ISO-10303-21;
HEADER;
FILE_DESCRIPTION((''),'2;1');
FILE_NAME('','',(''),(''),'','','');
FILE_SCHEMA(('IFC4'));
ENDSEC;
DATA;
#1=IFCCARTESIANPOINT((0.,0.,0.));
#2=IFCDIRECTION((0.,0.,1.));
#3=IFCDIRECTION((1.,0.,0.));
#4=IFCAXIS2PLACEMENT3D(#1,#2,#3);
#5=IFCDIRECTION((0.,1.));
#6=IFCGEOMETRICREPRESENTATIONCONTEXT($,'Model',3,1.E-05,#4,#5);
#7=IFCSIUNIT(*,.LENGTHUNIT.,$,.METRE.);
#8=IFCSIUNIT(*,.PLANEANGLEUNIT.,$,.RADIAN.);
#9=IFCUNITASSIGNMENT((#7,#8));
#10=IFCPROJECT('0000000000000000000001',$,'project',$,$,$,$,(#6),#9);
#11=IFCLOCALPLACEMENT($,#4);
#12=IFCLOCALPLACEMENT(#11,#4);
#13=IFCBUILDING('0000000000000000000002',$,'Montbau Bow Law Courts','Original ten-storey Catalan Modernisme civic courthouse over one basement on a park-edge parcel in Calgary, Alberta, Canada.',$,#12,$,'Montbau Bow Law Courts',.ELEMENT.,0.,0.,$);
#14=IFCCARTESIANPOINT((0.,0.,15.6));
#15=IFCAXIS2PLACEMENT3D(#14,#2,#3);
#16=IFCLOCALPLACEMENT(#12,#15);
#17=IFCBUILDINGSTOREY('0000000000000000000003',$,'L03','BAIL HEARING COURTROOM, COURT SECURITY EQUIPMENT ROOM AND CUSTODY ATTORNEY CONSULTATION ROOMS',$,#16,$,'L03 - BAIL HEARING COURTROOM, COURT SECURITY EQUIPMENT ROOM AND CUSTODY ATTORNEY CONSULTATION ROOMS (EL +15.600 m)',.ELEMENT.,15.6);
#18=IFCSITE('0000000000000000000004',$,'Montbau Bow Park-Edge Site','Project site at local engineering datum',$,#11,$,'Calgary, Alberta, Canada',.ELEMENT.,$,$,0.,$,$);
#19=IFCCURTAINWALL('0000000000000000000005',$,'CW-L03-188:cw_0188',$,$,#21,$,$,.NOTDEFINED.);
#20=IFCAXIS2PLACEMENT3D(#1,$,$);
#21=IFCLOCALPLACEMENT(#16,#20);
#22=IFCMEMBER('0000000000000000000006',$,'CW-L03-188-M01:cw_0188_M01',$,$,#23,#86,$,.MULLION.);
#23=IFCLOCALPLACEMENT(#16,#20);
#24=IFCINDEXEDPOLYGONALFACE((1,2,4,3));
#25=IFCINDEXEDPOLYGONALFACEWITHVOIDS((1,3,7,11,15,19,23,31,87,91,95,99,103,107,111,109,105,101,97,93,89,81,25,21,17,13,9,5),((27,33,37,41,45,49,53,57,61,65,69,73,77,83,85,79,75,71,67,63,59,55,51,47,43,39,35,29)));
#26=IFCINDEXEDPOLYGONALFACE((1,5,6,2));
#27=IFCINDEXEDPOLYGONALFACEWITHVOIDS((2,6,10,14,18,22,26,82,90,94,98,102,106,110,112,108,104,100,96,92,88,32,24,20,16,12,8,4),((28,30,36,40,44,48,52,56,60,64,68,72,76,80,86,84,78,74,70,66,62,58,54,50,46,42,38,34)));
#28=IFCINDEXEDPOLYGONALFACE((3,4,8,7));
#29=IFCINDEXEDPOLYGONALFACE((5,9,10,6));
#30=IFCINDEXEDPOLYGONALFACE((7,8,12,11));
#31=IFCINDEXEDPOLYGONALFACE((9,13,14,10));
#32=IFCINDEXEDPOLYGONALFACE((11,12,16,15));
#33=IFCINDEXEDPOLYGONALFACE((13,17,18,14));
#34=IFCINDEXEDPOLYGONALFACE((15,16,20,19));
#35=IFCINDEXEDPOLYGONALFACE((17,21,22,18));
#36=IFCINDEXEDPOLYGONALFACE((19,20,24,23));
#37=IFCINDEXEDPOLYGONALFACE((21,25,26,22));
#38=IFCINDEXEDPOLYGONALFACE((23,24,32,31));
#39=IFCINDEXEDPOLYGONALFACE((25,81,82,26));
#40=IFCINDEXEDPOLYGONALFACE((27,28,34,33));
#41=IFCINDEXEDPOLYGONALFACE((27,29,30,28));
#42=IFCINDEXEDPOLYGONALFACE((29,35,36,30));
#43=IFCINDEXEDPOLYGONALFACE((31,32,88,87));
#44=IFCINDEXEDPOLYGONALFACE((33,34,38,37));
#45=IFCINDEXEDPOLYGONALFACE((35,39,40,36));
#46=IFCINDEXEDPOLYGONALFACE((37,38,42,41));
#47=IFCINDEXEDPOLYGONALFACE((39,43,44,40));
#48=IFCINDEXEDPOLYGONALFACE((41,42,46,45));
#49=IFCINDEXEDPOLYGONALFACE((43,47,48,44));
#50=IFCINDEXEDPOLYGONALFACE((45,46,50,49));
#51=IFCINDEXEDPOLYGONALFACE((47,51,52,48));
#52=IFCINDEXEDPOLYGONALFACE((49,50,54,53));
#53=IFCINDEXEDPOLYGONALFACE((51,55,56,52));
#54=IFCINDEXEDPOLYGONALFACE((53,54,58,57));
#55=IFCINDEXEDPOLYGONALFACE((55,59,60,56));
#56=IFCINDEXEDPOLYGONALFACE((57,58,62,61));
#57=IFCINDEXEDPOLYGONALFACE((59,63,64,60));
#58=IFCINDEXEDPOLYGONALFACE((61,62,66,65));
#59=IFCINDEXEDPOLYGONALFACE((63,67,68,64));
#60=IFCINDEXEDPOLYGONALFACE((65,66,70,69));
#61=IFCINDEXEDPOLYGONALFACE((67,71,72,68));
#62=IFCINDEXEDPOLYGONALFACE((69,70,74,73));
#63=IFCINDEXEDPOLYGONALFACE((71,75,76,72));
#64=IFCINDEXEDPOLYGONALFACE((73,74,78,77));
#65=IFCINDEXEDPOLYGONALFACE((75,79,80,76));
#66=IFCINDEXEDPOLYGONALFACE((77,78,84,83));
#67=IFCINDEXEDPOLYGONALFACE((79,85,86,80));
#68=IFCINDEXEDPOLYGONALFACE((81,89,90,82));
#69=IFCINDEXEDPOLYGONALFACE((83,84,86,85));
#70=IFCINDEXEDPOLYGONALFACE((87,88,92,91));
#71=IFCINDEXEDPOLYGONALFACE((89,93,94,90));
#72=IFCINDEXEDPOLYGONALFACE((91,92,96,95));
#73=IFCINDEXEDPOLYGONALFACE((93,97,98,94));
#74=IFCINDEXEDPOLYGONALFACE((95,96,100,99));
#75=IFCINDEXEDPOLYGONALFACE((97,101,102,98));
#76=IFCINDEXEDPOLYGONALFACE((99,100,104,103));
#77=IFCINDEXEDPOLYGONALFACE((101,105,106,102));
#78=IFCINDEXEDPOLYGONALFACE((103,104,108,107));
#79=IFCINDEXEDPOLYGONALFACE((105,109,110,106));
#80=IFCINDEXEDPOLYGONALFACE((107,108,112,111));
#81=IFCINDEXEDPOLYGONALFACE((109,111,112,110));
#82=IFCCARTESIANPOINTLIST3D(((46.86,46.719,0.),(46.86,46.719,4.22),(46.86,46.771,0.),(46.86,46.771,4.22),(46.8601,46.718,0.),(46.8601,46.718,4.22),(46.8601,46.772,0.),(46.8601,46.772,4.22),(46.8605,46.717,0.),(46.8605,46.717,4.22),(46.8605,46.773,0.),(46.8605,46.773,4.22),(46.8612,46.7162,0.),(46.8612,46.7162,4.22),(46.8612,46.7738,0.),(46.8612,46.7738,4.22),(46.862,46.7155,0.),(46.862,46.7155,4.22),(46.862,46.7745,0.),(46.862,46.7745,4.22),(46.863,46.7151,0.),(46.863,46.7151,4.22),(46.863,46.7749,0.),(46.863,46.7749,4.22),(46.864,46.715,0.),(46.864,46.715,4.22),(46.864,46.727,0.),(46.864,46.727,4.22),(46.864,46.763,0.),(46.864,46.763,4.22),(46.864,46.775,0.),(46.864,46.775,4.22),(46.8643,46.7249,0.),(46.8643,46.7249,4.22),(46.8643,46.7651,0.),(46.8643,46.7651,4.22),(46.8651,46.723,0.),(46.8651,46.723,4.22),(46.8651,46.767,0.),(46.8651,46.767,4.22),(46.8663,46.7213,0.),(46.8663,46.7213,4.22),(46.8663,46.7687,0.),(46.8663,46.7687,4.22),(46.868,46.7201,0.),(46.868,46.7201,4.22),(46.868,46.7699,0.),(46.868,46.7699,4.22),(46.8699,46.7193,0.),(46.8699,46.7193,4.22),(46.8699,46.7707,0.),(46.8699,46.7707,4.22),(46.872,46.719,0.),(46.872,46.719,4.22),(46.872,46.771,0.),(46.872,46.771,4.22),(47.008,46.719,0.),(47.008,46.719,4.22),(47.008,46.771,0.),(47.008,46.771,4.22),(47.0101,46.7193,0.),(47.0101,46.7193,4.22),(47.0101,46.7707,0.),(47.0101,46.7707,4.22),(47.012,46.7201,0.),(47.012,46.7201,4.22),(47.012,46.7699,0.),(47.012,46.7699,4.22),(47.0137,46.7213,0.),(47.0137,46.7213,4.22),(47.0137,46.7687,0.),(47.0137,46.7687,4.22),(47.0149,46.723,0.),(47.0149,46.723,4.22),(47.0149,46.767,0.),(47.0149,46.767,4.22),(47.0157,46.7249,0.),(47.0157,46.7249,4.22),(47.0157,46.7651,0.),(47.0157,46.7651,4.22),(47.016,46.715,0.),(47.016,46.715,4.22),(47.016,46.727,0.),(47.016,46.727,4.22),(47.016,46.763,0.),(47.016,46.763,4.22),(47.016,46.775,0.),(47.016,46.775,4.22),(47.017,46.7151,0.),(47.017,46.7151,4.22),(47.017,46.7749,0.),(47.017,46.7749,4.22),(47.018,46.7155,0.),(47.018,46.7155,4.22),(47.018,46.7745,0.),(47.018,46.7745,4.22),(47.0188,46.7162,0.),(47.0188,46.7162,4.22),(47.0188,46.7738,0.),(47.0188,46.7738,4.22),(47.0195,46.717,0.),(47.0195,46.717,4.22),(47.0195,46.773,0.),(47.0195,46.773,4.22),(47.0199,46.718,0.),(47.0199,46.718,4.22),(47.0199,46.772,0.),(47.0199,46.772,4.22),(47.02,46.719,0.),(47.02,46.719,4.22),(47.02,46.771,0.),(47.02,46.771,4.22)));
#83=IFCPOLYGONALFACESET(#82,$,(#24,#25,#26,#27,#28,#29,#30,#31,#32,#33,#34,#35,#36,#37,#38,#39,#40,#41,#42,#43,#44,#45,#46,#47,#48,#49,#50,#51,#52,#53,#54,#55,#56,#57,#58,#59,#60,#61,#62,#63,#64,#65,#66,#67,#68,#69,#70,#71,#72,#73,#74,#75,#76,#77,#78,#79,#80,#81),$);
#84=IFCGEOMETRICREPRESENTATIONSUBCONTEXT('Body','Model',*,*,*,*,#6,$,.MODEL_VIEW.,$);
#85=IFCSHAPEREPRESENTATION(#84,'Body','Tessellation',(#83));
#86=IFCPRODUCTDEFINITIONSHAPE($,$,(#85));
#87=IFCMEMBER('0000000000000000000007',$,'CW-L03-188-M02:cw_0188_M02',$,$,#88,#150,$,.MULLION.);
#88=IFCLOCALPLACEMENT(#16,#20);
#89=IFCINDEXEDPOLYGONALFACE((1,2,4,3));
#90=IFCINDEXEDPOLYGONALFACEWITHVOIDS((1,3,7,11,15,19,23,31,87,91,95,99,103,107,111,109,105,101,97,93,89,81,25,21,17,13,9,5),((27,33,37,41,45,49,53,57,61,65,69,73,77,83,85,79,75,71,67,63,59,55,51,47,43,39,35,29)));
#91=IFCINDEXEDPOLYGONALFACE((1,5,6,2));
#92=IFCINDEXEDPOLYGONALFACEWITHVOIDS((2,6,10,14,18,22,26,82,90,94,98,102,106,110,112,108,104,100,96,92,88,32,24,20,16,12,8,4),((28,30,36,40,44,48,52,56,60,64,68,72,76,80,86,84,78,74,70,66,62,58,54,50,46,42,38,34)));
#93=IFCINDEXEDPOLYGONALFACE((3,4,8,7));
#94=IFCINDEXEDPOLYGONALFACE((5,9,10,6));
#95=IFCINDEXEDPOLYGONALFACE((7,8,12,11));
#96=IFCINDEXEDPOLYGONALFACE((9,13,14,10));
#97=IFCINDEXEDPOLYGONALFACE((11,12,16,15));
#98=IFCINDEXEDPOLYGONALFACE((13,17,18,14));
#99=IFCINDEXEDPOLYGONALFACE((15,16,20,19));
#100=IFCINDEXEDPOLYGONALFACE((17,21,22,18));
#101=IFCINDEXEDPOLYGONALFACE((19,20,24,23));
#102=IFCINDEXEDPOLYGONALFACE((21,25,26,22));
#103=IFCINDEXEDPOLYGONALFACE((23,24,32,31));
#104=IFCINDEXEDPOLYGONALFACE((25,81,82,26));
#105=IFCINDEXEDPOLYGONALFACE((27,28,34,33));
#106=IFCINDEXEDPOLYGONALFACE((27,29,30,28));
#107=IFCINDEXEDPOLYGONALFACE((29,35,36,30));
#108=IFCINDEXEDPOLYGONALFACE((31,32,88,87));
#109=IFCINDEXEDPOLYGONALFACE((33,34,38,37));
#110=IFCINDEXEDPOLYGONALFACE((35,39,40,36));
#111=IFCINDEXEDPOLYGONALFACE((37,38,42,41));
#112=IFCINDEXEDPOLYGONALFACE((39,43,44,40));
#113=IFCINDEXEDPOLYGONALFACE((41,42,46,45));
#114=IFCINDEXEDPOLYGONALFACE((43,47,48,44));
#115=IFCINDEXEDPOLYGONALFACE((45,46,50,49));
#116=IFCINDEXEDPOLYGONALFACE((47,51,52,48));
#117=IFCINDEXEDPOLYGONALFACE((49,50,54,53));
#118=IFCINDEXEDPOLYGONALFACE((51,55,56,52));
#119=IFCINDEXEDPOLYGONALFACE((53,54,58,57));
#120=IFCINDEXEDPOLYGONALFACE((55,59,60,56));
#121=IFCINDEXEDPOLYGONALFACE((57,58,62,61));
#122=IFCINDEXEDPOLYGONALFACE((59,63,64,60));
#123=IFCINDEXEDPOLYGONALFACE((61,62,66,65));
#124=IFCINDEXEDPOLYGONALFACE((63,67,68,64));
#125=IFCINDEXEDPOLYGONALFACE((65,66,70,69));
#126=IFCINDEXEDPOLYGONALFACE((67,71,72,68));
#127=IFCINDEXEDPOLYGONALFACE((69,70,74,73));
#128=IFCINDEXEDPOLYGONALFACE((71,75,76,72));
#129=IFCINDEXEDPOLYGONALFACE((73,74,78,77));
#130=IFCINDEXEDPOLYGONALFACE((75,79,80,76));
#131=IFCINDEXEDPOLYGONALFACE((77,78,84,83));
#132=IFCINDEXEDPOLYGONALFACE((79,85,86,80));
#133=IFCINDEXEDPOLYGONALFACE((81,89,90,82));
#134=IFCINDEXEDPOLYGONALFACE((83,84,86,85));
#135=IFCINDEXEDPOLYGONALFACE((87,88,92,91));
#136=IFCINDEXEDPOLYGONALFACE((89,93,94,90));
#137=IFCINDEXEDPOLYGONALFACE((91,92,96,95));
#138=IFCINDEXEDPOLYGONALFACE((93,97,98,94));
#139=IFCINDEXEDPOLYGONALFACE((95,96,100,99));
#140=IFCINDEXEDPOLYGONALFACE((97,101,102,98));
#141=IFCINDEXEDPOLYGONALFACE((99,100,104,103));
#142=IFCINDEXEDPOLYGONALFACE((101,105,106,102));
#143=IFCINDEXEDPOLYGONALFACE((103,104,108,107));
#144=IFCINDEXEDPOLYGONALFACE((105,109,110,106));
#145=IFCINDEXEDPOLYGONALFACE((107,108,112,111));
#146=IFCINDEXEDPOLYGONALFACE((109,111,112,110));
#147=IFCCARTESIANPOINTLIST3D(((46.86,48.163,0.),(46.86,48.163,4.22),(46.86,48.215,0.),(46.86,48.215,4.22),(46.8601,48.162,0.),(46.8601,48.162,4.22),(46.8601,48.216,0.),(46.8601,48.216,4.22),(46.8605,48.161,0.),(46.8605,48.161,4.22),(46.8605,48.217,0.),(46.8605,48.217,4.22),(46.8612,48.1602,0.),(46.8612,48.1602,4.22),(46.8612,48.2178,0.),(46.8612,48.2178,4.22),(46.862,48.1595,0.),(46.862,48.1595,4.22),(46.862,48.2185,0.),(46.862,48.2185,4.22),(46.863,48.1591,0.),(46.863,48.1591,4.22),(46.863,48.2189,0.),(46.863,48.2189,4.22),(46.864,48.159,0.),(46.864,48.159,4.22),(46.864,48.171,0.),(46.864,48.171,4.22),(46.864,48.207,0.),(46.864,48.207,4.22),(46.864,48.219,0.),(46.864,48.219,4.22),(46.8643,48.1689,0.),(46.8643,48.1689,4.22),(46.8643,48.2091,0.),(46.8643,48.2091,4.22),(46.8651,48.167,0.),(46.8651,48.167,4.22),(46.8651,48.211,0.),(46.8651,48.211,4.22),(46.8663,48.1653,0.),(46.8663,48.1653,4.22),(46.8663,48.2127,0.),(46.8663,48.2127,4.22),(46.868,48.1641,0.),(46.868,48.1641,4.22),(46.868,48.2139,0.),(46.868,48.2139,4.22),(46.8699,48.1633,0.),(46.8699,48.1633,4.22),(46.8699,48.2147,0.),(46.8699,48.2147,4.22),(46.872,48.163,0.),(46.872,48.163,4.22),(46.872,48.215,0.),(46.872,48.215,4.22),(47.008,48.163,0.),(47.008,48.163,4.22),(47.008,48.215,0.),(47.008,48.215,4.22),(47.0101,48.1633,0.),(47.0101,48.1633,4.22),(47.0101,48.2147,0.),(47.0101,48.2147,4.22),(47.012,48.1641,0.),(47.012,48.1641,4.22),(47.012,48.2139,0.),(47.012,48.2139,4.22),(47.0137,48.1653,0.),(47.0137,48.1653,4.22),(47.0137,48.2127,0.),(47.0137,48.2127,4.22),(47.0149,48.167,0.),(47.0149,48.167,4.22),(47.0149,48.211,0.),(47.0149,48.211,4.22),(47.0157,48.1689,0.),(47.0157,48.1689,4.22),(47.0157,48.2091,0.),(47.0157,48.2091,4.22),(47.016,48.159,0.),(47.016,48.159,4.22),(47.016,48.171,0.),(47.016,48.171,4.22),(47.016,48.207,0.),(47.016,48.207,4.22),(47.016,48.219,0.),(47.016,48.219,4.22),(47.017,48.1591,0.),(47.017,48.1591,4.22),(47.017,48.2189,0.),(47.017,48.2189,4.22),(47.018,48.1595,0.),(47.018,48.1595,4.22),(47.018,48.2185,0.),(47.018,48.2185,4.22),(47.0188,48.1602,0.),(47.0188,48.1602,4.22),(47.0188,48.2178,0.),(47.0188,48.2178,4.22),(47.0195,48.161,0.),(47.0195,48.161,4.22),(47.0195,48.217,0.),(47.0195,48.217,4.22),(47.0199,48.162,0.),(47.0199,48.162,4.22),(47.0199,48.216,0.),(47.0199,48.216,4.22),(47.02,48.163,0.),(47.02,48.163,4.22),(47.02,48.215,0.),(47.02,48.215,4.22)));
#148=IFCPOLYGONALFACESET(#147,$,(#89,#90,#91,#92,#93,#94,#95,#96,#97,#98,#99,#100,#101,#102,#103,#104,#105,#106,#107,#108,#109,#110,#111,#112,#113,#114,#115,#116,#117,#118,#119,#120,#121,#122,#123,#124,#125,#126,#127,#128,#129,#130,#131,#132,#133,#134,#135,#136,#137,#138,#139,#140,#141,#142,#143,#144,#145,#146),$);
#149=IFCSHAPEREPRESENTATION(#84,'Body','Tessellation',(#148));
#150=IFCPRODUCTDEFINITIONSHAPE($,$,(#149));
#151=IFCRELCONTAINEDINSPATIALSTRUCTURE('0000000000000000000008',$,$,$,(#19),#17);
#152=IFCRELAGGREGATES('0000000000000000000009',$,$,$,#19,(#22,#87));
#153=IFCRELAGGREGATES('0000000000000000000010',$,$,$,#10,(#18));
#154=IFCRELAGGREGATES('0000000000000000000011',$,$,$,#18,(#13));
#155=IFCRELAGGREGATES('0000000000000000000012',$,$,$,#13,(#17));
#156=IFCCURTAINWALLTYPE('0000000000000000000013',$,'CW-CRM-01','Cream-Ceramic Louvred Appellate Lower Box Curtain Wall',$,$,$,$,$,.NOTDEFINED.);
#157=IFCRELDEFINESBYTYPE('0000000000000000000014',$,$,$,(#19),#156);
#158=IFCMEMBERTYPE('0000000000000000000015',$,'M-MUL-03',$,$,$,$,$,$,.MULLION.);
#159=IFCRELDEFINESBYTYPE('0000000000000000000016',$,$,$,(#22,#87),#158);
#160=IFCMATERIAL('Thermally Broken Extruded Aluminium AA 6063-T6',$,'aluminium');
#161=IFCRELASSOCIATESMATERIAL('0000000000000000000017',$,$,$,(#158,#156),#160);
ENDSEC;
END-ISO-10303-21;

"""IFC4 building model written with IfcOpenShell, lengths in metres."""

from ifc_helpers import new_model, si_unit, direction, frame, origin_with_axes, origin_2d_with_axis, place, context, subcontext, project, spatial, hollow_rectangle, extrude, material, material_profile, profile_set, type_object, element, aggregate, save


model = new_model("IFC4")

# Units and contexts
model_context = context("Model", 3, precision=1e-05, world=origin_with_axes(), true_north=direction((0.0, 1.0)))
body_context = subcontext(model_context, "Body", "Model", "MODEL_VIEW")
ifc_project = project(units=[si_unit("LENGTHUNIT", "METRE"), si_unit("PLANEANGLEUNIT", "RADIAN")], contexts=[model_context])

# Site, building, storey
site_placement = place(None, origin_with_axes())
site = spatial("IfcSite", under=ifc_project, at=site_placement, Name="Montbau Bow Park-Edge Site", Description="Project site at local engineering datum", LongName="Calgary, Alberta, Canada", CompositionType="ELEMENT", RefElevation=0.0)
building_placement = place(site_placement, origin_with_axes())
building = spatial("IfcBuilding", under=site, at=building_placement, Name="Montbau Bow Law Courts", Description="Original ten-storey Catalan Modernisme civic courthouse over one basement on a park-edge parcel in Calgary, Alberta, Canada.", LongName="Montbau Bow Law Courts", CompositionType="ELEMENT", ElevationOfRefHeight=0.0, ElevationOfTerrain=0.0)
storey_placement = place(building_placement, frame((0.0, 0.0, 15.6), z_axis=(0.0, 0.0, 1.0), x_axis=(1.0, 0.0, 0.0)))
storey = spatial("IfcBuildingStorey", under=building, at=storey_placement, Name="L03", Description="BAIL HEARING COURTROOM, COURT SECURITY EQUIPMENT ROOM AND CUSTODY ATTORNEY CONSULTATION ROOMS", LongName="L03 - BAIL HEARING COURTROOM, COURT SECURITY EQUIPMENT ROOM AND CUSTODY ATTORNEY CONSULTATION ROOMS (EL +15.600 m)", CompositionType="ELEMENT", Elevation=15.6)

# Curtain wall, members
ifc_material_1 = material(Name="Thermally Broken Extruded Aluminium AA 6063-T6", Category="aluminium")
ifc_material_profile_1 = material_profile(ifc_material_1, hollow_rectangle(XDim=0.06, YDim=0.16, WallThickness=0.004, InnerFilletRadius=0.008, OuterFilletRadius=0.004, at=origin_2d_with_axis()), Name="CWM-160X60", Category="Main", Priority=0)
ifc_profile_set_1 = profile_set([ifc_material_profile_1], Name="Thermally Broken Extruded Aluminium AA 6063-T6")
member_type_1 = type_object("IfcMemberType", Name="M-MUL-03", PredefinedType="MULLION", material=ifc_profile_set_1)
curtain_wall_type_1 = type_object("IfcCurtainWallType", Name="CW-CRM-01", Description="Cream-Ceramic Louvred Appellate Lower Box Curtain Wall", PredefinedType="NOTDEFINED", material=ifc_material_1)
curtain_wall_1_placement = place(None, frame((46.94, 46.715, 15.6), z_axis=(0.0, 0.0, 1.0), x_axis=(1.0, 0.0, 0.0)))
curtain_wall_1 = element("IfcCurtainWall", 1, at=curtain_wall_1_placement, inside=storey, type_object=curtain_wall_type_1, Name="CW-L03-188:cw_0188", PredefinedType="NOTDEFINED")
member_1_placement = place(None, frame((46.94, 46.745, 15.6), z_axis=(0.0, 0.0, 1.0), x_axis=(0.0, 1.0, 0.0)))
member_1 = element("IfcMember", 2, at=member_1_placement, type_object=member_type_1, Name="CW-L03-188-M01:cw_0188_M01", PredefinedType="MULLION", context=body_context, shape_type="SweptSolid", body=[
    extrude(hollow_rectangle(XDim=0.06, YDim=0.16, WallThickness=0.004, InnerFilletRadius=0.008, OuterFilletRadius=0.004, at=origin_2d_with_axis()), origin_with_axes(), (0.0, 0.0, 1.0), 4.22),
])
member_2_placement = place(None, frame((46.94, 48.189, 15.6), z_axis=(0.0, 0.0, 1.0), x_axis=(0.0, 1.0, 0.0)))
member_2 = element("IfcMember", 3, at=member_2_placement, type_object=member_type_1, Name="CW-L03-188-M02:cw_0188_M02", PredefinedType="MULLION", context=body_context, shape_type="SweptSolid", body=[
    extrude(hollow_rectangle(XDim=0.06, YDim=0.16, WallThickness=0.004, InnerFilletRadius=0.008, OuterFilletRadius=0.004, at=origin_2d_with_axis()), origin_with_axes(), (0.0, 0.0, 1.0), 4.22),
])
aggregate(curtain_wall_1, [member_1, member_2])

save(model, "model.ifc")
